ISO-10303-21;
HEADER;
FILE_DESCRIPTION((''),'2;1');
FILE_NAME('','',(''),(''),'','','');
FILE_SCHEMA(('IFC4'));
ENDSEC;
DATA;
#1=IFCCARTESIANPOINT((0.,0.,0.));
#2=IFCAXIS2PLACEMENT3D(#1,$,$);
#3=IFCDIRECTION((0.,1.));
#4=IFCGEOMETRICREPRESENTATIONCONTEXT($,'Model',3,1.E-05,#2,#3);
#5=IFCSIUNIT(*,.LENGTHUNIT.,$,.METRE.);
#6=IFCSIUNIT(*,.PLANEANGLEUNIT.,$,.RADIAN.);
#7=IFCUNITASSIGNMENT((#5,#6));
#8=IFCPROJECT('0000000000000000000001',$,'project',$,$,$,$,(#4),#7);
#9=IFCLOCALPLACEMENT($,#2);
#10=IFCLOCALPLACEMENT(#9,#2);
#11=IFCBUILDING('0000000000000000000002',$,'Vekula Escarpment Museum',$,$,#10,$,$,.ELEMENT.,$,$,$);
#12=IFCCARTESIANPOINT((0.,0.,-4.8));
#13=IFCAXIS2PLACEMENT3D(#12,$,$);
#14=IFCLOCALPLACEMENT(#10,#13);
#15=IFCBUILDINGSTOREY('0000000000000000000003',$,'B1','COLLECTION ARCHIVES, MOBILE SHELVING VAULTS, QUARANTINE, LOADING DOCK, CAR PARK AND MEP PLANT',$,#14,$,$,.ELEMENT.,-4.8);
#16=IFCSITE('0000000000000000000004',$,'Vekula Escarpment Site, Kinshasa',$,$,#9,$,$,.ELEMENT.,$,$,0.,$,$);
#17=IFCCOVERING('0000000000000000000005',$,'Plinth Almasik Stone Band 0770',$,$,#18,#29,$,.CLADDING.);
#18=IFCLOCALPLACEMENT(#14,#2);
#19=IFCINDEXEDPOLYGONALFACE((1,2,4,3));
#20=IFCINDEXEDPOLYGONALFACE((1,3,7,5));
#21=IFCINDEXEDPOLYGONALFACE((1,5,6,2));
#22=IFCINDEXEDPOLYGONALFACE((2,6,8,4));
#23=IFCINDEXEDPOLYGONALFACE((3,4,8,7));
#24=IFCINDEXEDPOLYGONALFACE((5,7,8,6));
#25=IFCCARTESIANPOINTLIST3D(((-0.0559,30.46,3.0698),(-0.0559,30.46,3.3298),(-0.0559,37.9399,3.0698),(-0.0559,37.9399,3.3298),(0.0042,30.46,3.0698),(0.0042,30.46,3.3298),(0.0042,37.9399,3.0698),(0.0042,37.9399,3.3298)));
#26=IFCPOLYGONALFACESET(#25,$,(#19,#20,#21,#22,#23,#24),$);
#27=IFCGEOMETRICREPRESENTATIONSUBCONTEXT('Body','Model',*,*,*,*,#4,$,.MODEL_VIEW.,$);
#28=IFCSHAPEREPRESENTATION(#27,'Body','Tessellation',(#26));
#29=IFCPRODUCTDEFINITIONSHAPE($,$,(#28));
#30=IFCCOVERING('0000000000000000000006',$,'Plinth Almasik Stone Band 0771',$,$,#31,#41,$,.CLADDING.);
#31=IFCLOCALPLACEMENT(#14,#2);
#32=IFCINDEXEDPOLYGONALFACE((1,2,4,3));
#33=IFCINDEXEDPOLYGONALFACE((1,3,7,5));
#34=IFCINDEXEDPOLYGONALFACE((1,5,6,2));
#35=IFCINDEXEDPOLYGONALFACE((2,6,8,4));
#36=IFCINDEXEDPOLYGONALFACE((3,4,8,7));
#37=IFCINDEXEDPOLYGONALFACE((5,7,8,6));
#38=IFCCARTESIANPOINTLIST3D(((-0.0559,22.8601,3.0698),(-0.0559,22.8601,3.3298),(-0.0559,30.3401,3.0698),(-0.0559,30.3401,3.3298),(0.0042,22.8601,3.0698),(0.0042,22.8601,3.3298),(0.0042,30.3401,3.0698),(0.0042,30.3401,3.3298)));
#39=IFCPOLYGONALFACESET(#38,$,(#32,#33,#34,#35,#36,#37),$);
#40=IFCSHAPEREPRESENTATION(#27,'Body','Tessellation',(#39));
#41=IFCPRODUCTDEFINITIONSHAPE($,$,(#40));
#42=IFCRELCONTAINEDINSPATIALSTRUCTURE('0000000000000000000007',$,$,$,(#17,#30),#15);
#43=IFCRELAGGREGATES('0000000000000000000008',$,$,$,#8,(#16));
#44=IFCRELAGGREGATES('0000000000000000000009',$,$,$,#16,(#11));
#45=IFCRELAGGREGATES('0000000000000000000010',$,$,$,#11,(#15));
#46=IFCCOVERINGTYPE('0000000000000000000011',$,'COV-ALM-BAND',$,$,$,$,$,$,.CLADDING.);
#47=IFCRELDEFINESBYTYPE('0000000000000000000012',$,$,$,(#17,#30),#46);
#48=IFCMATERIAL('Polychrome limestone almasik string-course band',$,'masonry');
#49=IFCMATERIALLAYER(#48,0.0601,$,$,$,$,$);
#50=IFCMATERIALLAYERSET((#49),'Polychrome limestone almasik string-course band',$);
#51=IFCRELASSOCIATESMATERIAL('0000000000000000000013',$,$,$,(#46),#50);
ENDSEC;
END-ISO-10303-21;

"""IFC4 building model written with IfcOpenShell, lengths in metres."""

from ifc_helpers import new_model, si_unit, direction, frame, origin, origin_2d, place, context, subcontext, project, spatial, rectangle, extrude, material, layer, layer_set, type_object, element, save


model = new_model("IFC4")

# Units and contexts
model_context = context("Model", 3, precision=1e-05, world=origin(), true_north=direction((0.0, 1.0)))
body_context = subcontext(model_context, "Body", "Model", "MODEL_VIEW")
ifc_project = project(units=[si_unit("LENGTHUNIT", "METRE"), si_unit("PLANEANGLEUNIT", "RADIAN")], contexts=[model_context])

# Site, building, storey
site_placement = place(None, origin())
site = spatial("IfcSite", under=ifc_project, at=site_placement, Name="Vekula Escarpment Site, Kinshasa", CompositionType="ELEMENT", RefElevation=0.0)
building_placement = place(site_placement, origin())
building = spatial("IfcBuilding", under=site, at=building_placement, Name="Vekula Escarpment Museum", CompositionType="ELEMENT")
storey_placement = place(building_placement, frame((0.0, 0.0, -4.8)))
storey = spatial("IfcBuildingStorey", under=building, at=storey_placement, Name="B1", Description="COLLECTION ARCHIVES, MOBILE SHELVING VAULTS, QUARANTINE, LOADING DOCK, CAR PARK AND MEP PLANT", CompositionType="ELEMENT", Elevation=-4.8)

# Coverings
ifc_material_1 = material(Name="Polychrome limestone almasik string-course band", Category="masonry")
ifc_layer_1 = layer(ifc_material_1, 0.0601)
ifc_layer_set_1 = layer_set([ifc_layer_1], Name="Polychrome limestone almasik string-course band")
covering_type = type_object("IfcCoveringType", Name="COV-ALM-BAND", PredefinedType="CLADDING", material=ifc_layer_set_1)
for number, where, z_axis, x_axis, name in (
    (1, (-0.0259, 34.2, 3.0698), (0.0, 0.0, 1.0), (0.0, 1.0, 0.0), "Plinth Almasik Stone Band 0770"),
    (2, (-0.0259, 26.6001, 3.0698), (0.0, 0.0, 1.0), (0.0, 1.0, 0.0), "Plinth Almasik Stone Band 0771"),
):
    element("IfcCovering", number, at=place(storey_placement, frame(where, z_axis=z_axis, x_axis=x_axis)), inside=storey, type_object=covering_type, Name=name, PredefinedType="CLADDING", context=body_context, shape_type="SweptSolid", body=[
        extrude(rectangle(XDim=7.48, YDim=0.0601, at=origin_2d()), origin(), (0.0, 0.0, 1.0), 0.26),
    ])

save(model, "model.ifc")
